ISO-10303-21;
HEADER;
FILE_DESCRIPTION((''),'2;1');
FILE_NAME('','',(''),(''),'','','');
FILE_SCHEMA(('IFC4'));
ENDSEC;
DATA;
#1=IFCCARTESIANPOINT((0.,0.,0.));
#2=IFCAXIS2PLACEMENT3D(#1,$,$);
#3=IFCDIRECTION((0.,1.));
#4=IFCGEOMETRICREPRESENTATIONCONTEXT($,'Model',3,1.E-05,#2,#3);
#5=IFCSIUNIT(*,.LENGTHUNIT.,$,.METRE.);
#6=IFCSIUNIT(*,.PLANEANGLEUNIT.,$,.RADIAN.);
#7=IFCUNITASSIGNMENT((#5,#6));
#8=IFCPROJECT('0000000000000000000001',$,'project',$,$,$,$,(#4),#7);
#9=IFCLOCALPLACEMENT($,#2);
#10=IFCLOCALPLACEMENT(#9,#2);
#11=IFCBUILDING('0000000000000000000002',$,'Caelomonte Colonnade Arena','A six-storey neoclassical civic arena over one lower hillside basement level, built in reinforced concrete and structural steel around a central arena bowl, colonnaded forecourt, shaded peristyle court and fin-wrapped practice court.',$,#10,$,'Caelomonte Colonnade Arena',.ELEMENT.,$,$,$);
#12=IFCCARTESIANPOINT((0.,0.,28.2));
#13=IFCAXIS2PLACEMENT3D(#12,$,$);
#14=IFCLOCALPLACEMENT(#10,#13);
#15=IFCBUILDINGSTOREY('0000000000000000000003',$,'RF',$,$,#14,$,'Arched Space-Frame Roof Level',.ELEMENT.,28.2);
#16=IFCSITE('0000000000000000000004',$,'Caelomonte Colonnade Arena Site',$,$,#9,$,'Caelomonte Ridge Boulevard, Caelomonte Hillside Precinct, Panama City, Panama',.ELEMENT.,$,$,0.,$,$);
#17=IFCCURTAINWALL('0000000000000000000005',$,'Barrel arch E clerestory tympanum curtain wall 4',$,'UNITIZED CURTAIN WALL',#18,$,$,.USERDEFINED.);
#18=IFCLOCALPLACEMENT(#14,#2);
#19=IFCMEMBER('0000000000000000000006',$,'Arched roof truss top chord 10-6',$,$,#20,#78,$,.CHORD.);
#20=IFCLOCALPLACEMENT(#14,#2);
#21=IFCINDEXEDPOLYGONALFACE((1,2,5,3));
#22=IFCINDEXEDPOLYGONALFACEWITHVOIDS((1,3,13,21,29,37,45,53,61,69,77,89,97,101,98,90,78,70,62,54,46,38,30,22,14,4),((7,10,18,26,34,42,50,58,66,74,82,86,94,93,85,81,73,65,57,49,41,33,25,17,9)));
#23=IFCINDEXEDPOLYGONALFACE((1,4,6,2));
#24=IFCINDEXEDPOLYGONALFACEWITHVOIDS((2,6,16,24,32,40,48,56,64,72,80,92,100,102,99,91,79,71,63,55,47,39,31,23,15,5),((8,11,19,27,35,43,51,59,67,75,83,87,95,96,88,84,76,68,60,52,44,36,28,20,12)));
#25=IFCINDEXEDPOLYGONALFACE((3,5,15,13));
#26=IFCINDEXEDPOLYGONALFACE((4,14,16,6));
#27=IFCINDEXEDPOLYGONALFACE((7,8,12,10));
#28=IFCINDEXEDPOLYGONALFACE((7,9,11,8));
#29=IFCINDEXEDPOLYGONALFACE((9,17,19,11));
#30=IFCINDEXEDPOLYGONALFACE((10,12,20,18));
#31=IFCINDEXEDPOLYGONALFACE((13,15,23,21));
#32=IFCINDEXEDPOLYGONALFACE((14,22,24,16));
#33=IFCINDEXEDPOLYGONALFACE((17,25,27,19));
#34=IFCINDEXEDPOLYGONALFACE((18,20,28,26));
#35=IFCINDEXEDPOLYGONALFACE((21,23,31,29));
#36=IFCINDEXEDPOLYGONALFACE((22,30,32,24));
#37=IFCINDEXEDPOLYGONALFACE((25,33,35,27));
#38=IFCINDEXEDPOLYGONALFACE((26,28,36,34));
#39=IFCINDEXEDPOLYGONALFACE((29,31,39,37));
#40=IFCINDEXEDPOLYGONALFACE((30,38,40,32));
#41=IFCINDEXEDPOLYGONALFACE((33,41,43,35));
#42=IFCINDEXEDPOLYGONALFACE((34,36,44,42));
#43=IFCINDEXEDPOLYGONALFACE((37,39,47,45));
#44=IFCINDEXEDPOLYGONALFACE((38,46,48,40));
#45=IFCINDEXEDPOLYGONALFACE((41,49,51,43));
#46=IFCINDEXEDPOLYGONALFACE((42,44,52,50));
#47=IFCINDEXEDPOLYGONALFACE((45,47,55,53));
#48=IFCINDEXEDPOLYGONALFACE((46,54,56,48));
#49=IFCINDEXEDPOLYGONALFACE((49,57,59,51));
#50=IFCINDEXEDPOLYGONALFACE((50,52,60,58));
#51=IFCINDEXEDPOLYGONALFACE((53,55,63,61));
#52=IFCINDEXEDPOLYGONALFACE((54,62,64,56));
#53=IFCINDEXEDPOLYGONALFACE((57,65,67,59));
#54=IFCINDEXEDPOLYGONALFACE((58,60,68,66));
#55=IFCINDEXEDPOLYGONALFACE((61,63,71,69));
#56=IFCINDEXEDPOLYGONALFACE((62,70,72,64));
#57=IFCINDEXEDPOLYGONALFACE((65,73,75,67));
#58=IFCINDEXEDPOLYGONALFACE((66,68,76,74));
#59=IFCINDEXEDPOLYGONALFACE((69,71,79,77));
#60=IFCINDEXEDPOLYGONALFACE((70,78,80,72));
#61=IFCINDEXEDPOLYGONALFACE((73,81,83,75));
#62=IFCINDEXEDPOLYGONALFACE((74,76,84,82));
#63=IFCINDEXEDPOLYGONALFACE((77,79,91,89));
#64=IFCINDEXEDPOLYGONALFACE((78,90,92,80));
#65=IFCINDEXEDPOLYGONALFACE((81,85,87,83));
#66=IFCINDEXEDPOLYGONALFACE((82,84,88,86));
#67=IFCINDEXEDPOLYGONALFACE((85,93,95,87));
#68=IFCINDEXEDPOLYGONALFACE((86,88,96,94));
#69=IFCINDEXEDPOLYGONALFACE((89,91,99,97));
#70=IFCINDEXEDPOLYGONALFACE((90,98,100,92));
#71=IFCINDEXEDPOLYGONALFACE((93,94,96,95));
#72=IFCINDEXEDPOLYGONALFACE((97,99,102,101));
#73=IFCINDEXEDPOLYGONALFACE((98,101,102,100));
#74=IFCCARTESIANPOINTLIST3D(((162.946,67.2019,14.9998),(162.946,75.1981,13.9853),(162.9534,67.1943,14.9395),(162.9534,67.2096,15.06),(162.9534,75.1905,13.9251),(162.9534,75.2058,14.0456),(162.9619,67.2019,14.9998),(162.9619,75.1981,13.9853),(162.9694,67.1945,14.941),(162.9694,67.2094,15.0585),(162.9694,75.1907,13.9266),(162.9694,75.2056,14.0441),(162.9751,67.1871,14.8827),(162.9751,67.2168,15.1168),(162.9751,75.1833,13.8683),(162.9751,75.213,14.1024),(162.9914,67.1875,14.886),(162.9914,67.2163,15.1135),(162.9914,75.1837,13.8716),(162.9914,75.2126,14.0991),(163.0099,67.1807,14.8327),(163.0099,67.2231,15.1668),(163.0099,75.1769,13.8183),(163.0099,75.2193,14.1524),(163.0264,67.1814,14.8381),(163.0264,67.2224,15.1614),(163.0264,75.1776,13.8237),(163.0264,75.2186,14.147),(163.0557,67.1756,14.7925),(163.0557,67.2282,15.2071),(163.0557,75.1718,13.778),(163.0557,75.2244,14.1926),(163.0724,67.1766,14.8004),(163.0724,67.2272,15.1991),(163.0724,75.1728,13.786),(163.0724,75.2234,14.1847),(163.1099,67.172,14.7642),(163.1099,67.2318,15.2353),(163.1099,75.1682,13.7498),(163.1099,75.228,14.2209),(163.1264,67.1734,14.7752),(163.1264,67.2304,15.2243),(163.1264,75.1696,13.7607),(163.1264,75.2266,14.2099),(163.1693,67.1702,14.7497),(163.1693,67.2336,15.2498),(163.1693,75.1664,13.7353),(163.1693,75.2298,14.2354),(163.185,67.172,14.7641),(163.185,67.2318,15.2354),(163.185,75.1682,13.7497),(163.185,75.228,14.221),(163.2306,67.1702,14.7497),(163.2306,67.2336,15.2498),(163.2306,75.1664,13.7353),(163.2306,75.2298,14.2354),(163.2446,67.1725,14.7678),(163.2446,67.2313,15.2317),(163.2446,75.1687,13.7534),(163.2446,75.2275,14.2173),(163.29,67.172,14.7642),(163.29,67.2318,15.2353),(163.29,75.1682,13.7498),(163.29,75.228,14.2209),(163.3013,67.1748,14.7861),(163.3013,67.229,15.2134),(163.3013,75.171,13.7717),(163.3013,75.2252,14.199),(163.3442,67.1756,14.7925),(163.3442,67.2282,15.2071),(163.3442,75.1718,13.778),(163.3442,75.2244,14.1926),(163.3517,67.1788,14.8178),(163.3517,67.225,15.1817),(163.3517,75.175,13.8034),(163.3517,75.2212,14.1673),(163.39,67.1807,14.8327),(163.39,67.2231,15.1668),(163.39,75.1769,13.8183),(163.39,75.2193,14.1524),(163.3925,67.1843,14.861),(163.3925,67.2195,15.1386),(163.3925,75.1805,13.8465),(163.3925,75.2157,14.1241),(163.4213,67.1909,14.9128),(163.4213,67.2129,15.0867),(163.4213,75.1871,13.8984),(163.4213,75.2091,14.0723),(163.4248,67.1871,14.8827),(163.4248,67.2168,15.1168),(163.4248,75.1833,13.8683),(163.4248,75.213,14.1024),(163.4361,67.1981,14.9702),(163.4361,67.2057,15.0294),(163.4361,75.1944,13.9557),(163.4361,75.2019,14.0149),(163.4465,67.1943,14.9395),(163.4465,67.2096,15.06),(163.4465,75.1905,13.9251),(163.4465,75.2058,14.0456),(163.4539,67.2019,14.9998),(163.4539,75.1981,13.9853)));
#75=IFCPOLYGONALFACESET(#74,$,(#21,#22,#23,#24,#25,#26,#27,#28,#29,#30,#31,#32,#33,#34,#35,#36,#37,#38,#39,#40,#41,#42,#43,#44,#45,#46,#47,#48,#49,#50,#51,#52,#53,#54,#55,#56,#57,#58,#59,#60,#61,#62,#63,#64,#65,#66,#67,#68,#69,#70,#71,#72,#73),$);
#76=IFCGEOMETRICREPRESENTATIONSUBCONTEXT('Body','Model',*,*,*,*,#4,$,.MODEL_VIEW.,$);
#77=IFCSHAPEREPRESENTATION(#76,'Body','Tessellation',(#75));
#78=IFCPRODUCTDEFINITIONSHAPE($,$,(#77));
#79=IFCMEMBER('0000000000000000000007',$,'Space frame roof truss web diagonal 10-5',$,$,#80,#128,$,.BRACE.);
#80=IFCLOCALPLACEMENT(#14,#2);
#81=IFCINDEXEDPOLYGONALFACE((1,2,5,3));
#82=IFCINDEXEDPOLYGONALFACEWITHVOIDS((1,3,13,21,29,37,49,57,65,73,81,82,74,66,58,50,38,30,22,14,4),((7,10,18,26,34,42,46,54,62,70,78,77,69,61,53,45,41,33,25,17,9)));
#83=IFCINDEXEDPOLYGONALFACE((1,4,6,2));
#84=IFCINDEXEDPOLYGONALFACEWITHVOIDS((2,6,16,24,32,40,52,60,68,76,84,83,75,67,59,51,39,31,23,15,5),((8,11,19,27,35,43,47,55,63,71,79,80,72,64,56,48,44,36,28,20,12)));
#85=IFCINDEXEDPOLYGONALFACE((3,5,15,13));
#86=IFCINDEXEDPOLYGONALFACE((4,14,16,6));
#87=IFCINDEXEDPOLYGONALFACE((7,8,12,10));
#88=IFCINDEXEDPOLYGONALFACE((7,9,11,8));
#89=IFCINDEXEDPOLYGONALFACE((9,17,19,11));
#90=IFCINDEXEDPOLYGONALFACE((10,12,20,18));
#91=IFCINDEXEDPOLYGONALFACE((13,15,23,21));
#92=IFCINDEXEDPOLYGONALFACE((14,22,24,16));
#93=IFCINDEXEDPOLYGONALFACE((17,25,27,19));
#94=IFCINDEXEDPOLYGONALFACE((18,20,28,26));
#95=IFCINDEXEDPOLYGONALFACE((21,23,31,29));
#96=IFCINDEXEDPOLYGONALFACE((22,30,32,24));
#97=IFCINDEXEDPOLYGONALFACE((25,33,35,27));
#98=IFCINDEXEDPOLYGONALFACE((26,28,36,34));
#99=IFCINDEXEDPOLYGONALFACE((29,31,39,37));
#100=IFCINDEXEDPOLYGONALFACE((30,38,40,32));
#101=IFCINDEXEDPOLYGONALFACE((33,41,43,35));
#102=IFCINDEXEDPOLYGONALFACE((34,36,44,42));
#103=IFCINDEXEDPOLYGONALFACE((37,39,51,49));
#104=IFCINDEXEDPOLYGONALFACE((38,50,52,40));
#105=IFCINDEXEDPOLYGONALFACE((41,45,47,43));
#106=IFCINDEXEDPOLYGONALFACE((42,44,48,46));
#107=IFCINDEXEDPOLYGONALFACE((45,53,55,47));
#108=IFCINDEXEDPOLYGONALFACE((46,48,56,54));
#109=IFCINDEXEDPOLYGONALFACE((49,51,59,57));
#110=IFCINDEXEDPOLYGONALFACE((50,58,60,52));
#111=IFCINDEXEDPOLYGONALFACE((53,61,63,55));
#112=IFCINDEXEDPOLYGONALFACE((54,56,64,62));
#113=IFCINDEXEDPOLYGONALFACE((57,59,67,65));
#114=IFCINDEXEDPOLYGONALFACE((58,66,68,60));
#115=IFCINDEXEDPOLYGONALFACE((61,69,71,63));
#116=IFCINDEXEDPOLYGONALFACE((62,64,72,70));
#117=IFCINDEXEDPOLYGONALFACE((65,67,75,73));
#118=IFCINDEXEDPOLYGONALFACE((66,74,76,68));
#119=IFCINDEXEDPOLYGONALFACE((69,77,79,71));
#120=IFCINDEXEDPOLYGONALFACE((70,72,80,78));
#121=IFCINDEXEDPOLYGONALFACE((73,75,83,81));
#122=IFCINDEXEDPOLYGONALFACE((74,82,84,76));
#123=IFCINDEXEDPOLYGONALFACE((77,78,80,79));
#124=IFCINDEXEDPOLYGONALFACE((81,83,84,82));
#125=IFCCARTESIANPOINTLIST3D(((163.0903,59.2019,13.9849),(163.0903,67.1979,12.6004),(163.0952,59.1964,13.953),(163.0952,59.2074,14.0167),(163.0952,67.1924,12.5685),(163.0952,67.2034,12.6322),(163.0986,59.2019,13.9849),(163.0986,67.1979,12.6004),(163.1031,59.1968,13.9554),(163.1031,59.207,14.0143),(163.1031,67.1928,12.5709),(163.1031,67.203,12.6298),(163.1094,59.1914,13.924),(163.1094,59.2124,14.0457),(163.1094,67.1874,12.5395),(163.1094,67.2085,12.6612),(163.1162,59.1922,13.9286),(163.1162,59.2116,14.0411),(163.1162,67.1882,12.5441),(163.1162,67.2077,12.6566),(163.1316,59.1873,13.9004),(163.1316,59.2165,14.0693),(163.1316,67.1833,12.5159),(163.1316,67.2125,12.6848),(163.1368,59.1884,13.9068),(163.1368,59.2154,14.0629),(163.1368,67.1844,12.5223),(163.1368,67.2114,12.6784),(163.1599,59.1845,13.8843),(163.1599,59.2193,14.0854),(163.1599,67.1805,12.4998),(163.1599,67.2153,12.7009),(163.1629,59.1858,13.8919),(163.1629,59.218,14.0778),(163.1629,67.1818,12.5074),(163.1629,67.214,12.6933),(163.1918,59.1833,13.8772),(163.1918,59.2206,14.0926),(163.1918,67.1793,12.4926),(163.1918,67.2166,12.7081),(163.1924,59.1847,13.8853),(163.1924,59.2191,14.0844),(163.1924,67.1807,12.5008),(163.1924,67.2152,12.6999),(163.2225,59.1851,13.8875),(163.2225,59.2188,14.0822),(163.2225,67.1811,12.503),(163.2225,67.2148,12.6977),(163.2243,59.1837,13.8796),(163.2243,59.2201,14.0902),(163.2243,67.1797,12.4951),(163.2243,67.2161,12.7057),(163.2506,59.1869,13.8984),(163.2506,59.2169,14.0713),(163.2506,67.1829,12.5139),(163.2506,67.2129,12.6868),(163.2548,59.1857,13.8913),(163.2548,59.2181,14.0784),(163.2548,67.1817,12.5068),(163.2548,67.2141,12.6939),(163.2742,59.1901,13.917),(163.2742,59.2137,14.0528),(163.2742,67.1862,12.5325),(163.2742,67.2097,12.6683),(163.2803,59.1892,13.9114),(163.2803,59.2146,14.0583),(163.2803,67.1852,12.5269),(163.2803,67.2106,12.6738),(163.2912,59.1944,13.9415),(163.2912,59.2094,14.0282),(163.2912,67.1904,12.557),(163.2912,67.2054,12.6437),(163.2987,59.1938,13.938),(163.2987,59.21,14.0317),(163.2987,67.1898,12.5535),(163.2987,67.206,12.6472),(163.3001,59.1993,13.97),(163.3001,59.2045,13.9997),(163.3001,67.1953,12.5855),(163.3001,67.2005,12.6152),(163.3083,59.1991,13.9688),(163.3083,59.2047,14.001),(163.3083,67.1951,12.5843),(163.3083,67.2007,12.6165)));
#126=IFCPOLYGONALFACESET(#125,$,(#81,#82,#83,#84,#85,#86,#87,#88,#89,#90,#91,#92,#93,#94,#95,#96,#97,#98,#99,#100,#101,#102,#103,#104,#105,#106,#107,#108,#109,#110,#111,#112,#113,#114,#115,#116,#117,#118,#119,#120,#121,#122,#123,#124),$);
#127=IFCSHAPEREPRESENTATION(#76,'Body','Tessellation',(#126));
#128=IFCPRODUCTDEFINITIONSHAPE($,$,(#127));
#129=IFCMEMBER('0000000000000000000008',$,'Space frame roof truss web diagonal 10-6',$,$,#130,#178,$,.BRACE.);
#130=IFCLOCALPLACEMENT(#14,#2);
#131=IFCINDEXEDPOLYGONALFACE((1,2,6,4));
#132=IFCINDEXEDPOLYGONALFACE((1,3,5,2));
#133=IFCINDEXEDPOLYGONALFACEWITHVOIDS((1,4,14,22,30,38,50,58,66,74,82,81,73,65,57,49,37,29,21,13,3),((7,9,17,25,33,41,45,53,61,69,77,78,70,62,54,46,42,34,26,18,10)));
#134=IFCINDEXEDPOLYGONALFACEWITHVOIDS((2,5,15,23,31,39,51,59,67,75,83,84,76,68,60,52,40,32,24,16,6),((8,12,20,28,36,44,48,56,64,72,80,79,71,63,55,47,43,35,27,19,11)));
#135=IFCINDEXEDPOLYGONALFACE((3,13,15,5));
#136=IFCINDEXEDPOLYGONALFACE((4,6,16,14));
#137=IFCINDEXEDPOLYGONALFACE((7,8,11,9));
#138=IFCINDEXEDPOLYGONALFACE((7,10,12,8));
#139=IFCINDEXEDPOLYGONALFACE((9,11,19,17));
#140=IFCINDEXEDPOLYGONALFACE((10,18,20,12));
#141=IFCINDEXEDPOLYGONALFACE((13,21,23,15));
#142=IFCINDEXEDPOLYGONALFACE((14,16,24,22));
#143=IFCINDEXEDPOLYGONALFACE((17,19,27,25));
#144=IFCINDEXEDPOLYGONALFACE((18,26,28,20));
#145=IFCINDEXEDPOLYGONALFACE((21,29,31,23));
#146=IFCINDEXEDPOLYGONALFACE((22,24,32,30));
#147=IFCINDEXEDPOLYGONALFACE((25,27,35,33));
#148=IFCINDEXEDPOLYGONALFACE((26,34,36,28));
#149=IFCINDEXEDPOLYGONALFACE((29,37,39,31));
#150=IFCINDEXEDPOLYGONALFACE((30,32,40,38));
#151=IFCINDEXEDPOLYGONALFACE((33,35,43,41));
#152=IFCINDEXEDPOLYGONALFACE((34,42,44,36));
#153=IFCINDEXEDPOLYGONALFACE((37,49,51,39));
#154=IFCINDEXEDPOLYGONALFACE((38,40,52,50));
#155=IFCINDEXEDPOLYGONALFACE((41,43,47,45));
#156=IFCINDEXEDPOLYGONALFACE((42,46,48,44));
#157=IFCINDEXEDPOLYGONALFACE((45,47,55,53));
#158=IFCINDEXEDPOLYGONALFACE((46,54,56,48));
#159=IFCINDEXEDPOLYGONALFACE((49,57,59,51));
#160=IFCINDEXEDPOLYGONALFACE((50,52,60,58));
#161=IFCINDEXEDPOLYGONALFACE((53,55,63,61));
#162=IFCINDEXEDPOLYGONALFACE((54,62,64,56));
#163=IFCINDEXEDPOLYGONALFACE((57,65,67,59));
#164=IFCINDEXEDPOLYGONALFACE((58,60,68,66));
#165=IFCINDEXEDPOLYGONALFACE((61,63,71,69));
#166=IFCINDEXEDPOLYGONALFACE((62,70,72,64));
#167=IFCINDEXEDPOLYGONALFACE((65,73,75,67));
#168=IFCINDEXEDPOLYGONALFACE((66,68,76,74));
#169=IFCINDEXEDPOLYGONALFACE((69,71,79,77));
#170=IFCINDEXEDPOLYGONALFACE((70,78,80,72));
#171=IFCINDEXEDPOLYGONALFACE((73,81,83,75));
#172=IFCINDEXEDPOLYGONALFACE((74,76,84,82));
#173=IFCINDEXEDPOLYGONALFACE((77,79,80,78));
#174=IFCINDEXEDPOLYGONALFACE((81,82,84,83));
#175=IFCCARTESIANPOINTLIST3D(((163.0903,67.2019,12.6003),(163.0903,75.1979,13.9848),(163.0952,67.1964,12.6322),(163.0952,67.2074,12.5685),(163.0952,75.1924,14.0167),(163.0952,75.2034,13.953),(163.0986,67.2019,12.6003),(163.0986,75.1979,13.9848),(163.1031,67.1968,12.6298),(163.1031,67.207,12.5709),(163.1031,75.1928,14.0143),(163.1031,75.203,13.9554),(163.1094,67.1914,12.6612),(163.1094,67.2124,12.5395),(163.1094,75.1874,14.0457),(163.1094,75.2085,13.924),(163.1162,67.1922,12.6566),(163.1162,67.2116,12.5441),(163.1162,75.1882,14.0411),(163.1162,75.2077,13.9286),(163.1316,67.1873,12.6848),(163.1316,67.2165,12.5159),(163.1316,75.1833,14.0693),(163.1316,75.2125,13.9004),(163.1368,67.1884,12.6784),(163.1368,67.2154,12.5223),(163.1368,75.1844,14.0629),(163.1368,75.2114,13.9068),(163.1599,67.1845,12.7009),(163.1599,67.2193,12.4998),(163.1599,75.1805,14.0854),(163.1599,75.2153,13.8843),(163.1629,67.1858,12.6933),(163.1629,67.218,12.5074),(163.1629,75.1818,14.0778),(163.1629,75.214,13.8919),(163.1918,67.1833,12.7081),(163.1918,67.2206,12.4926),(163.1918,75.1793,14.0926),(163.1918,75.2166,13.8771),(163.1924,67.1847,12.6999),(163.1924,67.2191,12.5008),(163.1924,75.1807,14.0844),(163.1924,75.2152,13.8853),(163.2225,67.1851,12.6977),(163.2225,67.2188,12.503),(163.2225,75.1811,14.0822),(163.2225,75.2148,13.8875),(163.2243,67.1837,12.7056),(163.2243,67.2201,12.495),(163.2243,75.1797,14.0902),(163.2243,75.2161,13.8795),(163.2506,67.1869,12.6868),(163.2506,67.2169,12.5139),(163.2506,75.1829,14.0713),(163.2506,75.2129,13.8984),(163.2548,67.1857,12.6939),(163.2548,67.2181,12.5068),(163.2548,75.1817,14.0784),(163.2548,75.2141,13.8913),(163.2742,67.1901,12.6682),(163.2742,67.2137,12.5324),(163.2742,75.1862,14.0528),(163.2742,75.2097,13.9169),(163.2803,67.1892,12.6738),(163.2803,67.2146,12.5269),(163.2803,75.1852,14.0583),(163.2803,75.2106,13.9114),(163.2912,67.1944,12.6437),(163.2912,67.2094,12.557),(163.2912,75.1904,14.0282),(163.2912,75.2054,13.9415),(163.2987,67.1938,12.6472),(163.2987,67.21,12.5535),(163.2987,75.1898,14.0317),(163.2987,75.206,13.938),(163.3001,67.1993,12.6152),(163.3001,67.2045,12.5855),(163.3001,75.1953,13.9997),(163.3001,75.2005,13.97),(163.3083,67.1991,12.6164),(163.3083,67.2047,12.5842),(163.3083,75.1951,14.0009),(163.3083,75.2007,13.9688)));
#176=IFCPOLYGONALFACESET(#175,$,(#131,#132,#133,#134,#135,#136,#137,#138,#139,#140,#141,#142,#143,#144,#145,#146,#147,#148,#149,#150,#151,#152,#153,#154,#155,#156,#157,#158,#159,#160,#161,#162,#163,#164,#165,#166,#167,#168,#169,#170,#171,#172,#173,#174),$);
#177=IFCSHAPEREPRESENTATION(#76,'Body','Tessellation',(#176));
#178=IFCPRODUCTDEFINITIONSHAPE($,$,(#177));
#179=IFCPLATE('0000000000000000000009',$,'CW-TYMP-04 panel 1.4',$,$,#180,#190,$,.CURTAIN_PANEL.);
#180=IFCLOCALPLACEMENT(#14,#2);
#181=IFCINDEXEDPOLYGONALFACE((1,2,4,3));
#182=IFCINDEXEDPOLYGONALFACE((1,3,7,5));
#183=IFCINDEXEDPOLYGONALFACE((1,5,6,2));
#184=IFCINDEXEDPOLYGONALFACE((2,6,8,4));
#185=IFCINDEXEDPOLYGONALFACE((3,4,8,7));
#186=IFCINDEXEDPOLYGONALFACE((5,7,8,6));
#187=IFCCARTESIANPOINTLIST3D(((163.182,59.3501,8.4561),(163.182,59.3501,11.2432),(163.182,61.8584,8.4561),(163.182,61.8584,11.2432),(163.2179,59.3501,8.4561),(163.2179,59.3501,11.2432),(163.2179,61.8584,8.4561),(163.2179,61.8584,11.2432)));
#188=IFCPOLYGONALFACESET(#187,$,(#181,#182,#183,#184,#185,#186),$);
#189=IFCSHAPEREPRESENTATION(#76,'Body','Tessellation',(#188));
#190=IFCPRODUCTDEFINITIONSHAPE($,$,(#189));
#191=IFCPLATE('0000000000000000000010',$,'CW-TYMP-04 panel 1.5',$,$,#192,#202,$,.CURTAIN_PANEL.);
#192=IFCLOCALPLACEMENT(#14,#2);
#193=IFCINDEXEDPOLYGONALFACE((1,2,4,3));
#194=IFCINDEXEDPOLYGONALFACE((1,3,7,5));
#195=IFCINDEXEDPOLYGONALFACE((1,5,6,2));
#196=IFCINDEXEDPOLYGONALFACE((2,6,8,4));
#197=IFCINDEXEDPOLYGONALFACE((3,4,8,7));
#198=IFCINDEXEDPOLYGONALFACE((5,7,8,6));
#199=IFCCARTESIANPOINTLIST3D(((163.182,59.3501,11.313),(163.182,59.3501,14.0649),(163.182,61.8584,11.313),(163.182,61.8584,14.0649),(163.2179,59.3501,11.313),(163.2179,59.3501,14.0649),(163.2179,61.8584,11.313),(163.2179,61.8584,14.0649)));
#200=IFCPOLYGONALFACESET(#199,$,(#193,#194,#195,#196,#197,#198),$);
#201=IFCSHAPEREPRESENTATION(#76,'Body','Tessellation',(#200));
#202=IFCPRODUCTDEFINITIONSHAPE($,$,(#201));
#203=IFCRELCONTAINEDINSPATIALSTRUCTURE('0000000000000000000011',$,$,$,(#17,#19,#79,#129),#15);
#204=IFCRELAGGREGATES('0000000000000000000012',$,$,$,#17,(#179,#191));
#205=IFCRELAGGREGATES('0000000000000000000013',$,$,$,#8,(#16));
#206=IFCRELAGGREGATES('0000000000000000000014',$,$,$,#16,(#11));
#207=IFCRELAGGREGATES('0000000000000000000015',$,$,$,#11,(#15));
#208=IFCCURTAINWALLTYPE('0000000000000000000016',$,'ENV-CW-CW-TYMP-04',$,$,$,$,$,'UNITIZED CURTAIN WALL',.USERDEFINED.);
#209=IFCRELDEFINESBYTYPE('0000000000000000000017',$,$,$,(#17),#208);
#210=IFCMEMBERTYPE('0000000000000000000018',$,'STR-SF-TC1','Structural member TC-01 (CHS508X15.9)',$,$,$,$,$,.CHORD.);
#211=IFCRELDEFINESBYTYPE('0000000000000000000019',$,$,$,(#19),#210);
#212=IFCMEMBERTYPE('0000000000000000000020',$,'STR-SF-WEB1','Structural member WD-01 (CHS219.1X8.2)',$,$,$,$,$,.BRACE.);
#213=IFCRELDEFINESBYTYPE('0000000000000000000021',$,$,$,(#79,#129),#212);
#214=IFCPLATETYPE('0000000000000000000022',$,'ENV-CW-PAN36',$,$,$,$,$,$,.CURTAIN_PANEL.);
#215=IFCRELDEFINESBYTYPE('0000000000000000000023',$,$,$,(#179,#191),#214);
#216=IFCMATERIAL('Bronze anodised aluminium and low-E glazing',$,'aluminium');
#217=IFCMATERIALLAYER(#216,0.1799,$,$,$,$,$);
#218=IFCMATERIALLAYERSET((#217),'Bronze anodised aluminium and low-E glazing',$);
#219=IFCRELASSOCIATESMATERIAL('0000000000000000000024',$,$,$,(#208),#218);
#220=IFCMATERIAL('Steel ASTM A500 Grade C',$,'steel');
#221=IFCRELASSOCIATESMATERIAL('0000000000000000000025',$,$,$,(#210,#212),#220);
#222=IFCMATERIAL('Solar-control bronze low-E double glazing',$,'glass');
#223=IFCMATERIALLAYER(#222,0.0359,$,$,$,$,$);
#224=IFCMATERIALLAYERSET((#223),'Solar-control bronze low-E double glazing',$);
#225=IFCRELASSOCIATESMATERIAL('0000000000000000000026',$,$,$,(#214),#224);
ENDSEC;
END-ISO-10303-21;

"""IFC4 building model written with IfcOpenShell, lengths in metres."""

from ifc_helpers import new_model, si_unit, direction, frame, origin, origin_2d, place, context, subcontext, project, spatial, rectangle, hollow_circle, extrude, material, layer, layer_set, material_profile, profile_set, type_object, element, aggregate, save


model = new_model("IFC4")

# Units and contexts
model_context = context("Model", 3, precision=1e-05, world=origin(), true_north=direction((0.0, 1.0)))
body_context = subcontext(model_context, "Body", "Model", "MODEL_VIEW")
ifc_project = project(units=[si_unit("LENGTHUNIT", "METRE"), si_unit("PLANEANGLEUNIT", "RADIAN")], contexts=[model_context])

# Site, building, storey
site_placement = place(None, origin())
site = spatial("IfcSite", under=ifc_project, at=site_placement, Name="Caelomonte Colonnade Arena Site", LongName="Caelomonte Ridge Boulevard, Caelomonte Hillside Precinct, Panama City, Panama", CompositionType="ELEMENT", RefElevation=0.0)
building_placement = place(site_placement, origin())
building = spatial("IfcBuilding", under=site, at=building_placement, Name="Caelomonte Colonnade Arena", Description="A six-storey neoclassical civic arena over one lower hillside basement level, built in reinforced concrete and structural steel around a central arena bowl, colonnaded forecourt, shaded peristyle court and fin-wrapped practice court.", LongName="Caelomonte Colonnade Arena", CompositionType="ELEMENT")
storey_placement = place(building_placement, frame((0.0, 0.0, 28.2)))
storey = spatial("IfcBuildingStorey", under=building, at=storey_placement, Name="RF", LongName="Arched Space-Frame Roof Level", CompositionType="ELEMENT", Elevation=28.2)

# Curtain wall
ifc_material_1 = material(Name="Bronze anodised aluminium and low-E glazing", Category="aluminium")
ifc_layer_1 = layer(ifc_material_1, 0.1799)
ifc_layer_set_1 = layer_set([ifc_layer_1], Name="Bronze anodised aluminium and low-E glazing")
curtain_wall_type_1 = type_object("IfcCurtainWallType", Name="ENV-CW-CW-TYMP-04", ElementType="UNITIZED CURTAIN WALL", PredefinedType="USERDEFINED", material=ifc_layer_set_1)
curtain_wall_1_placement = place(storey_placement, origin())
curtain_wall_1 = element("IfcCurtainWall", 1, at=curtain_wall_1_placement, inside=storey, type_object=curtain_wall_type_1, Name="Barrel arch E clerestory tympanum curtain wall 4", ObjectType="UNITIZED CURTAIN WALL", PredefinedType="USERDEFINED")

# Members
ifc_material_2 = material(Name="Steel ASTM A500 Grade C", Category="steel")
ifc_material_profile_1 = material_profile(ifc_material_2, hollow_circle(Radius=0.2539, WallThickness=0.0159, at=origin_2d()), Name="CHS508X15.9")
ifc_profile_set_1 = profile_set([ifc_material_profile_1], Name="Steel ASTM A500 Grade C")
member_type_1 = type_object("IfcMemberType", Name="STR-SF-TC1", Description="Structural member TC-01 (CHS508X15.9)", PredefinedType="CHORD", material=ifc_profile_set_1)
for number, where, z_axis, x_axis, name in (
    (2, (163.2, 67.2019, 14.9998), (0.0, 0.992049, -0.125854), (-1.0, 0.0, 0.0), "Arched roof truss top chord 10-6"),
):
    element("IfcMember", number, at=place(storey_placement, frame(where, z_axis=z_axis, x_axis=x_axis)), inside=storey, type_object=member_type_1, Name=name, PredefinedType="CHORD", context=body_context, shape_type="SweptSolid", body=[
        extrude(hollow_circle(Radius=0.2539, WallThickness=0.0159, at=origin_2d()), origin(), (0.0, 0.0, 1.0), 8.0603),
    ])
ifc_material_profile_2 = material_profile(ifc_material_2, hollow_circle(Radius=0.1096, WallThickness=0.0083, at=origin_2d()), Name="CHS219.1X8.2")
ifc_profile_set_2 = profile_set([ifc_material_profile_2], Name="Steel ASTM A500 Grade C")
member_type_2 = type_object("IfcMemberType", Name="STR-SF-WEB1", Description="Structural member WD-01 (CHS219.1X8.2)", PredefinedType="BRACE", material=ifc_profile_set_2)
for number, where, z_axis, x_axis, name in (
    (3, (163.2, 59.2019, 13.9849), (0.0, 0.985338, -0.170611), (-1.0, 0.0, 0.0), "Space frame roof truss web diagonal 10-5"),
    (4, (163.2, 67.2019, 12.6003), (0.0, 0.985338, 0.170611), (-1.0, 0.0, 0.0), "Space frame roof truss web diagonal 10-6"),
):
    element("IfcMember", number, at=place(storey_placement, frame(where, z_axis=z_axis, x_axis=x_axis)), inside=storey, type_object=member_type_2, Name=name, PredefinedType="BRACE", context=body_context, shape_type="SweptSolid", body=[
        extrude(hollow_circle(Radius=0.1096, WallThickness=0.0083, at=origin_2d()), origin(), (0.0, 0.0, 1.0), 8.115),
    ])

# Plates
ifc_material_3 = material(Name="Solar-control bronze low-E double glazing", Category="glass")
ifc_layer_2 = layer(ifc_material_3, 0.0359)
ifc_layer_set_2 = layer_set([ifc_layer_2], Name="Solar-control bronze low-E double glazing")
plate_type_1 = type_object("IfcPlateType", Name="ENV-CW-PAN36", PredefinedType="CURTAIN_PANEL", material=ifc_layer_set_2)
plate_1_placement = place(storey_placement, frame((163.2, 60.6042, 8.4561), z_axis=(0.0, 0.0, 1.0), x_axis=(0.0, 1.0, 0.0)))
plate_1 = element("IfcPlate", 5, at=plate_1_placement, type_object=plate_type_1, Name="CW-TYMP-04 panel 1.4", PredefinedType="CURTAIN_PANEL", context=body_context, shape_type="SweptSolid", body=[
    extrude(rectangle(XDim=2.5083, YDim=0.0359, at=origin_2d()), origin(), (0.0, 0.0, 1.0), 2.7871),
])
plate_2_placement = place(storey_placement, frame((163.2, 60.6042, 11.313), z_axis=(0.0, 0.0, 1.0), x_axis=(0.0, 1.0, 0.0)))
plate_2 = element("IfcPlate", 6, at=plate_2_placement, type_object=plate_type_1, Name="CW-TYMP-04 panel 1.5", PredefinedType="CURTAIN_PANEL", context=body_context, shape_type="SweptSolid", body=[
    extrude(rectangle(XDim=2.5083, YDim=0.0359, at=origin_2d()), origin(), (0.0, 0.0, 1.0), 2.752),
])
aggregate(curtain_wall_1, [plate_1, plate_2])

save(model, "model.ifc")
